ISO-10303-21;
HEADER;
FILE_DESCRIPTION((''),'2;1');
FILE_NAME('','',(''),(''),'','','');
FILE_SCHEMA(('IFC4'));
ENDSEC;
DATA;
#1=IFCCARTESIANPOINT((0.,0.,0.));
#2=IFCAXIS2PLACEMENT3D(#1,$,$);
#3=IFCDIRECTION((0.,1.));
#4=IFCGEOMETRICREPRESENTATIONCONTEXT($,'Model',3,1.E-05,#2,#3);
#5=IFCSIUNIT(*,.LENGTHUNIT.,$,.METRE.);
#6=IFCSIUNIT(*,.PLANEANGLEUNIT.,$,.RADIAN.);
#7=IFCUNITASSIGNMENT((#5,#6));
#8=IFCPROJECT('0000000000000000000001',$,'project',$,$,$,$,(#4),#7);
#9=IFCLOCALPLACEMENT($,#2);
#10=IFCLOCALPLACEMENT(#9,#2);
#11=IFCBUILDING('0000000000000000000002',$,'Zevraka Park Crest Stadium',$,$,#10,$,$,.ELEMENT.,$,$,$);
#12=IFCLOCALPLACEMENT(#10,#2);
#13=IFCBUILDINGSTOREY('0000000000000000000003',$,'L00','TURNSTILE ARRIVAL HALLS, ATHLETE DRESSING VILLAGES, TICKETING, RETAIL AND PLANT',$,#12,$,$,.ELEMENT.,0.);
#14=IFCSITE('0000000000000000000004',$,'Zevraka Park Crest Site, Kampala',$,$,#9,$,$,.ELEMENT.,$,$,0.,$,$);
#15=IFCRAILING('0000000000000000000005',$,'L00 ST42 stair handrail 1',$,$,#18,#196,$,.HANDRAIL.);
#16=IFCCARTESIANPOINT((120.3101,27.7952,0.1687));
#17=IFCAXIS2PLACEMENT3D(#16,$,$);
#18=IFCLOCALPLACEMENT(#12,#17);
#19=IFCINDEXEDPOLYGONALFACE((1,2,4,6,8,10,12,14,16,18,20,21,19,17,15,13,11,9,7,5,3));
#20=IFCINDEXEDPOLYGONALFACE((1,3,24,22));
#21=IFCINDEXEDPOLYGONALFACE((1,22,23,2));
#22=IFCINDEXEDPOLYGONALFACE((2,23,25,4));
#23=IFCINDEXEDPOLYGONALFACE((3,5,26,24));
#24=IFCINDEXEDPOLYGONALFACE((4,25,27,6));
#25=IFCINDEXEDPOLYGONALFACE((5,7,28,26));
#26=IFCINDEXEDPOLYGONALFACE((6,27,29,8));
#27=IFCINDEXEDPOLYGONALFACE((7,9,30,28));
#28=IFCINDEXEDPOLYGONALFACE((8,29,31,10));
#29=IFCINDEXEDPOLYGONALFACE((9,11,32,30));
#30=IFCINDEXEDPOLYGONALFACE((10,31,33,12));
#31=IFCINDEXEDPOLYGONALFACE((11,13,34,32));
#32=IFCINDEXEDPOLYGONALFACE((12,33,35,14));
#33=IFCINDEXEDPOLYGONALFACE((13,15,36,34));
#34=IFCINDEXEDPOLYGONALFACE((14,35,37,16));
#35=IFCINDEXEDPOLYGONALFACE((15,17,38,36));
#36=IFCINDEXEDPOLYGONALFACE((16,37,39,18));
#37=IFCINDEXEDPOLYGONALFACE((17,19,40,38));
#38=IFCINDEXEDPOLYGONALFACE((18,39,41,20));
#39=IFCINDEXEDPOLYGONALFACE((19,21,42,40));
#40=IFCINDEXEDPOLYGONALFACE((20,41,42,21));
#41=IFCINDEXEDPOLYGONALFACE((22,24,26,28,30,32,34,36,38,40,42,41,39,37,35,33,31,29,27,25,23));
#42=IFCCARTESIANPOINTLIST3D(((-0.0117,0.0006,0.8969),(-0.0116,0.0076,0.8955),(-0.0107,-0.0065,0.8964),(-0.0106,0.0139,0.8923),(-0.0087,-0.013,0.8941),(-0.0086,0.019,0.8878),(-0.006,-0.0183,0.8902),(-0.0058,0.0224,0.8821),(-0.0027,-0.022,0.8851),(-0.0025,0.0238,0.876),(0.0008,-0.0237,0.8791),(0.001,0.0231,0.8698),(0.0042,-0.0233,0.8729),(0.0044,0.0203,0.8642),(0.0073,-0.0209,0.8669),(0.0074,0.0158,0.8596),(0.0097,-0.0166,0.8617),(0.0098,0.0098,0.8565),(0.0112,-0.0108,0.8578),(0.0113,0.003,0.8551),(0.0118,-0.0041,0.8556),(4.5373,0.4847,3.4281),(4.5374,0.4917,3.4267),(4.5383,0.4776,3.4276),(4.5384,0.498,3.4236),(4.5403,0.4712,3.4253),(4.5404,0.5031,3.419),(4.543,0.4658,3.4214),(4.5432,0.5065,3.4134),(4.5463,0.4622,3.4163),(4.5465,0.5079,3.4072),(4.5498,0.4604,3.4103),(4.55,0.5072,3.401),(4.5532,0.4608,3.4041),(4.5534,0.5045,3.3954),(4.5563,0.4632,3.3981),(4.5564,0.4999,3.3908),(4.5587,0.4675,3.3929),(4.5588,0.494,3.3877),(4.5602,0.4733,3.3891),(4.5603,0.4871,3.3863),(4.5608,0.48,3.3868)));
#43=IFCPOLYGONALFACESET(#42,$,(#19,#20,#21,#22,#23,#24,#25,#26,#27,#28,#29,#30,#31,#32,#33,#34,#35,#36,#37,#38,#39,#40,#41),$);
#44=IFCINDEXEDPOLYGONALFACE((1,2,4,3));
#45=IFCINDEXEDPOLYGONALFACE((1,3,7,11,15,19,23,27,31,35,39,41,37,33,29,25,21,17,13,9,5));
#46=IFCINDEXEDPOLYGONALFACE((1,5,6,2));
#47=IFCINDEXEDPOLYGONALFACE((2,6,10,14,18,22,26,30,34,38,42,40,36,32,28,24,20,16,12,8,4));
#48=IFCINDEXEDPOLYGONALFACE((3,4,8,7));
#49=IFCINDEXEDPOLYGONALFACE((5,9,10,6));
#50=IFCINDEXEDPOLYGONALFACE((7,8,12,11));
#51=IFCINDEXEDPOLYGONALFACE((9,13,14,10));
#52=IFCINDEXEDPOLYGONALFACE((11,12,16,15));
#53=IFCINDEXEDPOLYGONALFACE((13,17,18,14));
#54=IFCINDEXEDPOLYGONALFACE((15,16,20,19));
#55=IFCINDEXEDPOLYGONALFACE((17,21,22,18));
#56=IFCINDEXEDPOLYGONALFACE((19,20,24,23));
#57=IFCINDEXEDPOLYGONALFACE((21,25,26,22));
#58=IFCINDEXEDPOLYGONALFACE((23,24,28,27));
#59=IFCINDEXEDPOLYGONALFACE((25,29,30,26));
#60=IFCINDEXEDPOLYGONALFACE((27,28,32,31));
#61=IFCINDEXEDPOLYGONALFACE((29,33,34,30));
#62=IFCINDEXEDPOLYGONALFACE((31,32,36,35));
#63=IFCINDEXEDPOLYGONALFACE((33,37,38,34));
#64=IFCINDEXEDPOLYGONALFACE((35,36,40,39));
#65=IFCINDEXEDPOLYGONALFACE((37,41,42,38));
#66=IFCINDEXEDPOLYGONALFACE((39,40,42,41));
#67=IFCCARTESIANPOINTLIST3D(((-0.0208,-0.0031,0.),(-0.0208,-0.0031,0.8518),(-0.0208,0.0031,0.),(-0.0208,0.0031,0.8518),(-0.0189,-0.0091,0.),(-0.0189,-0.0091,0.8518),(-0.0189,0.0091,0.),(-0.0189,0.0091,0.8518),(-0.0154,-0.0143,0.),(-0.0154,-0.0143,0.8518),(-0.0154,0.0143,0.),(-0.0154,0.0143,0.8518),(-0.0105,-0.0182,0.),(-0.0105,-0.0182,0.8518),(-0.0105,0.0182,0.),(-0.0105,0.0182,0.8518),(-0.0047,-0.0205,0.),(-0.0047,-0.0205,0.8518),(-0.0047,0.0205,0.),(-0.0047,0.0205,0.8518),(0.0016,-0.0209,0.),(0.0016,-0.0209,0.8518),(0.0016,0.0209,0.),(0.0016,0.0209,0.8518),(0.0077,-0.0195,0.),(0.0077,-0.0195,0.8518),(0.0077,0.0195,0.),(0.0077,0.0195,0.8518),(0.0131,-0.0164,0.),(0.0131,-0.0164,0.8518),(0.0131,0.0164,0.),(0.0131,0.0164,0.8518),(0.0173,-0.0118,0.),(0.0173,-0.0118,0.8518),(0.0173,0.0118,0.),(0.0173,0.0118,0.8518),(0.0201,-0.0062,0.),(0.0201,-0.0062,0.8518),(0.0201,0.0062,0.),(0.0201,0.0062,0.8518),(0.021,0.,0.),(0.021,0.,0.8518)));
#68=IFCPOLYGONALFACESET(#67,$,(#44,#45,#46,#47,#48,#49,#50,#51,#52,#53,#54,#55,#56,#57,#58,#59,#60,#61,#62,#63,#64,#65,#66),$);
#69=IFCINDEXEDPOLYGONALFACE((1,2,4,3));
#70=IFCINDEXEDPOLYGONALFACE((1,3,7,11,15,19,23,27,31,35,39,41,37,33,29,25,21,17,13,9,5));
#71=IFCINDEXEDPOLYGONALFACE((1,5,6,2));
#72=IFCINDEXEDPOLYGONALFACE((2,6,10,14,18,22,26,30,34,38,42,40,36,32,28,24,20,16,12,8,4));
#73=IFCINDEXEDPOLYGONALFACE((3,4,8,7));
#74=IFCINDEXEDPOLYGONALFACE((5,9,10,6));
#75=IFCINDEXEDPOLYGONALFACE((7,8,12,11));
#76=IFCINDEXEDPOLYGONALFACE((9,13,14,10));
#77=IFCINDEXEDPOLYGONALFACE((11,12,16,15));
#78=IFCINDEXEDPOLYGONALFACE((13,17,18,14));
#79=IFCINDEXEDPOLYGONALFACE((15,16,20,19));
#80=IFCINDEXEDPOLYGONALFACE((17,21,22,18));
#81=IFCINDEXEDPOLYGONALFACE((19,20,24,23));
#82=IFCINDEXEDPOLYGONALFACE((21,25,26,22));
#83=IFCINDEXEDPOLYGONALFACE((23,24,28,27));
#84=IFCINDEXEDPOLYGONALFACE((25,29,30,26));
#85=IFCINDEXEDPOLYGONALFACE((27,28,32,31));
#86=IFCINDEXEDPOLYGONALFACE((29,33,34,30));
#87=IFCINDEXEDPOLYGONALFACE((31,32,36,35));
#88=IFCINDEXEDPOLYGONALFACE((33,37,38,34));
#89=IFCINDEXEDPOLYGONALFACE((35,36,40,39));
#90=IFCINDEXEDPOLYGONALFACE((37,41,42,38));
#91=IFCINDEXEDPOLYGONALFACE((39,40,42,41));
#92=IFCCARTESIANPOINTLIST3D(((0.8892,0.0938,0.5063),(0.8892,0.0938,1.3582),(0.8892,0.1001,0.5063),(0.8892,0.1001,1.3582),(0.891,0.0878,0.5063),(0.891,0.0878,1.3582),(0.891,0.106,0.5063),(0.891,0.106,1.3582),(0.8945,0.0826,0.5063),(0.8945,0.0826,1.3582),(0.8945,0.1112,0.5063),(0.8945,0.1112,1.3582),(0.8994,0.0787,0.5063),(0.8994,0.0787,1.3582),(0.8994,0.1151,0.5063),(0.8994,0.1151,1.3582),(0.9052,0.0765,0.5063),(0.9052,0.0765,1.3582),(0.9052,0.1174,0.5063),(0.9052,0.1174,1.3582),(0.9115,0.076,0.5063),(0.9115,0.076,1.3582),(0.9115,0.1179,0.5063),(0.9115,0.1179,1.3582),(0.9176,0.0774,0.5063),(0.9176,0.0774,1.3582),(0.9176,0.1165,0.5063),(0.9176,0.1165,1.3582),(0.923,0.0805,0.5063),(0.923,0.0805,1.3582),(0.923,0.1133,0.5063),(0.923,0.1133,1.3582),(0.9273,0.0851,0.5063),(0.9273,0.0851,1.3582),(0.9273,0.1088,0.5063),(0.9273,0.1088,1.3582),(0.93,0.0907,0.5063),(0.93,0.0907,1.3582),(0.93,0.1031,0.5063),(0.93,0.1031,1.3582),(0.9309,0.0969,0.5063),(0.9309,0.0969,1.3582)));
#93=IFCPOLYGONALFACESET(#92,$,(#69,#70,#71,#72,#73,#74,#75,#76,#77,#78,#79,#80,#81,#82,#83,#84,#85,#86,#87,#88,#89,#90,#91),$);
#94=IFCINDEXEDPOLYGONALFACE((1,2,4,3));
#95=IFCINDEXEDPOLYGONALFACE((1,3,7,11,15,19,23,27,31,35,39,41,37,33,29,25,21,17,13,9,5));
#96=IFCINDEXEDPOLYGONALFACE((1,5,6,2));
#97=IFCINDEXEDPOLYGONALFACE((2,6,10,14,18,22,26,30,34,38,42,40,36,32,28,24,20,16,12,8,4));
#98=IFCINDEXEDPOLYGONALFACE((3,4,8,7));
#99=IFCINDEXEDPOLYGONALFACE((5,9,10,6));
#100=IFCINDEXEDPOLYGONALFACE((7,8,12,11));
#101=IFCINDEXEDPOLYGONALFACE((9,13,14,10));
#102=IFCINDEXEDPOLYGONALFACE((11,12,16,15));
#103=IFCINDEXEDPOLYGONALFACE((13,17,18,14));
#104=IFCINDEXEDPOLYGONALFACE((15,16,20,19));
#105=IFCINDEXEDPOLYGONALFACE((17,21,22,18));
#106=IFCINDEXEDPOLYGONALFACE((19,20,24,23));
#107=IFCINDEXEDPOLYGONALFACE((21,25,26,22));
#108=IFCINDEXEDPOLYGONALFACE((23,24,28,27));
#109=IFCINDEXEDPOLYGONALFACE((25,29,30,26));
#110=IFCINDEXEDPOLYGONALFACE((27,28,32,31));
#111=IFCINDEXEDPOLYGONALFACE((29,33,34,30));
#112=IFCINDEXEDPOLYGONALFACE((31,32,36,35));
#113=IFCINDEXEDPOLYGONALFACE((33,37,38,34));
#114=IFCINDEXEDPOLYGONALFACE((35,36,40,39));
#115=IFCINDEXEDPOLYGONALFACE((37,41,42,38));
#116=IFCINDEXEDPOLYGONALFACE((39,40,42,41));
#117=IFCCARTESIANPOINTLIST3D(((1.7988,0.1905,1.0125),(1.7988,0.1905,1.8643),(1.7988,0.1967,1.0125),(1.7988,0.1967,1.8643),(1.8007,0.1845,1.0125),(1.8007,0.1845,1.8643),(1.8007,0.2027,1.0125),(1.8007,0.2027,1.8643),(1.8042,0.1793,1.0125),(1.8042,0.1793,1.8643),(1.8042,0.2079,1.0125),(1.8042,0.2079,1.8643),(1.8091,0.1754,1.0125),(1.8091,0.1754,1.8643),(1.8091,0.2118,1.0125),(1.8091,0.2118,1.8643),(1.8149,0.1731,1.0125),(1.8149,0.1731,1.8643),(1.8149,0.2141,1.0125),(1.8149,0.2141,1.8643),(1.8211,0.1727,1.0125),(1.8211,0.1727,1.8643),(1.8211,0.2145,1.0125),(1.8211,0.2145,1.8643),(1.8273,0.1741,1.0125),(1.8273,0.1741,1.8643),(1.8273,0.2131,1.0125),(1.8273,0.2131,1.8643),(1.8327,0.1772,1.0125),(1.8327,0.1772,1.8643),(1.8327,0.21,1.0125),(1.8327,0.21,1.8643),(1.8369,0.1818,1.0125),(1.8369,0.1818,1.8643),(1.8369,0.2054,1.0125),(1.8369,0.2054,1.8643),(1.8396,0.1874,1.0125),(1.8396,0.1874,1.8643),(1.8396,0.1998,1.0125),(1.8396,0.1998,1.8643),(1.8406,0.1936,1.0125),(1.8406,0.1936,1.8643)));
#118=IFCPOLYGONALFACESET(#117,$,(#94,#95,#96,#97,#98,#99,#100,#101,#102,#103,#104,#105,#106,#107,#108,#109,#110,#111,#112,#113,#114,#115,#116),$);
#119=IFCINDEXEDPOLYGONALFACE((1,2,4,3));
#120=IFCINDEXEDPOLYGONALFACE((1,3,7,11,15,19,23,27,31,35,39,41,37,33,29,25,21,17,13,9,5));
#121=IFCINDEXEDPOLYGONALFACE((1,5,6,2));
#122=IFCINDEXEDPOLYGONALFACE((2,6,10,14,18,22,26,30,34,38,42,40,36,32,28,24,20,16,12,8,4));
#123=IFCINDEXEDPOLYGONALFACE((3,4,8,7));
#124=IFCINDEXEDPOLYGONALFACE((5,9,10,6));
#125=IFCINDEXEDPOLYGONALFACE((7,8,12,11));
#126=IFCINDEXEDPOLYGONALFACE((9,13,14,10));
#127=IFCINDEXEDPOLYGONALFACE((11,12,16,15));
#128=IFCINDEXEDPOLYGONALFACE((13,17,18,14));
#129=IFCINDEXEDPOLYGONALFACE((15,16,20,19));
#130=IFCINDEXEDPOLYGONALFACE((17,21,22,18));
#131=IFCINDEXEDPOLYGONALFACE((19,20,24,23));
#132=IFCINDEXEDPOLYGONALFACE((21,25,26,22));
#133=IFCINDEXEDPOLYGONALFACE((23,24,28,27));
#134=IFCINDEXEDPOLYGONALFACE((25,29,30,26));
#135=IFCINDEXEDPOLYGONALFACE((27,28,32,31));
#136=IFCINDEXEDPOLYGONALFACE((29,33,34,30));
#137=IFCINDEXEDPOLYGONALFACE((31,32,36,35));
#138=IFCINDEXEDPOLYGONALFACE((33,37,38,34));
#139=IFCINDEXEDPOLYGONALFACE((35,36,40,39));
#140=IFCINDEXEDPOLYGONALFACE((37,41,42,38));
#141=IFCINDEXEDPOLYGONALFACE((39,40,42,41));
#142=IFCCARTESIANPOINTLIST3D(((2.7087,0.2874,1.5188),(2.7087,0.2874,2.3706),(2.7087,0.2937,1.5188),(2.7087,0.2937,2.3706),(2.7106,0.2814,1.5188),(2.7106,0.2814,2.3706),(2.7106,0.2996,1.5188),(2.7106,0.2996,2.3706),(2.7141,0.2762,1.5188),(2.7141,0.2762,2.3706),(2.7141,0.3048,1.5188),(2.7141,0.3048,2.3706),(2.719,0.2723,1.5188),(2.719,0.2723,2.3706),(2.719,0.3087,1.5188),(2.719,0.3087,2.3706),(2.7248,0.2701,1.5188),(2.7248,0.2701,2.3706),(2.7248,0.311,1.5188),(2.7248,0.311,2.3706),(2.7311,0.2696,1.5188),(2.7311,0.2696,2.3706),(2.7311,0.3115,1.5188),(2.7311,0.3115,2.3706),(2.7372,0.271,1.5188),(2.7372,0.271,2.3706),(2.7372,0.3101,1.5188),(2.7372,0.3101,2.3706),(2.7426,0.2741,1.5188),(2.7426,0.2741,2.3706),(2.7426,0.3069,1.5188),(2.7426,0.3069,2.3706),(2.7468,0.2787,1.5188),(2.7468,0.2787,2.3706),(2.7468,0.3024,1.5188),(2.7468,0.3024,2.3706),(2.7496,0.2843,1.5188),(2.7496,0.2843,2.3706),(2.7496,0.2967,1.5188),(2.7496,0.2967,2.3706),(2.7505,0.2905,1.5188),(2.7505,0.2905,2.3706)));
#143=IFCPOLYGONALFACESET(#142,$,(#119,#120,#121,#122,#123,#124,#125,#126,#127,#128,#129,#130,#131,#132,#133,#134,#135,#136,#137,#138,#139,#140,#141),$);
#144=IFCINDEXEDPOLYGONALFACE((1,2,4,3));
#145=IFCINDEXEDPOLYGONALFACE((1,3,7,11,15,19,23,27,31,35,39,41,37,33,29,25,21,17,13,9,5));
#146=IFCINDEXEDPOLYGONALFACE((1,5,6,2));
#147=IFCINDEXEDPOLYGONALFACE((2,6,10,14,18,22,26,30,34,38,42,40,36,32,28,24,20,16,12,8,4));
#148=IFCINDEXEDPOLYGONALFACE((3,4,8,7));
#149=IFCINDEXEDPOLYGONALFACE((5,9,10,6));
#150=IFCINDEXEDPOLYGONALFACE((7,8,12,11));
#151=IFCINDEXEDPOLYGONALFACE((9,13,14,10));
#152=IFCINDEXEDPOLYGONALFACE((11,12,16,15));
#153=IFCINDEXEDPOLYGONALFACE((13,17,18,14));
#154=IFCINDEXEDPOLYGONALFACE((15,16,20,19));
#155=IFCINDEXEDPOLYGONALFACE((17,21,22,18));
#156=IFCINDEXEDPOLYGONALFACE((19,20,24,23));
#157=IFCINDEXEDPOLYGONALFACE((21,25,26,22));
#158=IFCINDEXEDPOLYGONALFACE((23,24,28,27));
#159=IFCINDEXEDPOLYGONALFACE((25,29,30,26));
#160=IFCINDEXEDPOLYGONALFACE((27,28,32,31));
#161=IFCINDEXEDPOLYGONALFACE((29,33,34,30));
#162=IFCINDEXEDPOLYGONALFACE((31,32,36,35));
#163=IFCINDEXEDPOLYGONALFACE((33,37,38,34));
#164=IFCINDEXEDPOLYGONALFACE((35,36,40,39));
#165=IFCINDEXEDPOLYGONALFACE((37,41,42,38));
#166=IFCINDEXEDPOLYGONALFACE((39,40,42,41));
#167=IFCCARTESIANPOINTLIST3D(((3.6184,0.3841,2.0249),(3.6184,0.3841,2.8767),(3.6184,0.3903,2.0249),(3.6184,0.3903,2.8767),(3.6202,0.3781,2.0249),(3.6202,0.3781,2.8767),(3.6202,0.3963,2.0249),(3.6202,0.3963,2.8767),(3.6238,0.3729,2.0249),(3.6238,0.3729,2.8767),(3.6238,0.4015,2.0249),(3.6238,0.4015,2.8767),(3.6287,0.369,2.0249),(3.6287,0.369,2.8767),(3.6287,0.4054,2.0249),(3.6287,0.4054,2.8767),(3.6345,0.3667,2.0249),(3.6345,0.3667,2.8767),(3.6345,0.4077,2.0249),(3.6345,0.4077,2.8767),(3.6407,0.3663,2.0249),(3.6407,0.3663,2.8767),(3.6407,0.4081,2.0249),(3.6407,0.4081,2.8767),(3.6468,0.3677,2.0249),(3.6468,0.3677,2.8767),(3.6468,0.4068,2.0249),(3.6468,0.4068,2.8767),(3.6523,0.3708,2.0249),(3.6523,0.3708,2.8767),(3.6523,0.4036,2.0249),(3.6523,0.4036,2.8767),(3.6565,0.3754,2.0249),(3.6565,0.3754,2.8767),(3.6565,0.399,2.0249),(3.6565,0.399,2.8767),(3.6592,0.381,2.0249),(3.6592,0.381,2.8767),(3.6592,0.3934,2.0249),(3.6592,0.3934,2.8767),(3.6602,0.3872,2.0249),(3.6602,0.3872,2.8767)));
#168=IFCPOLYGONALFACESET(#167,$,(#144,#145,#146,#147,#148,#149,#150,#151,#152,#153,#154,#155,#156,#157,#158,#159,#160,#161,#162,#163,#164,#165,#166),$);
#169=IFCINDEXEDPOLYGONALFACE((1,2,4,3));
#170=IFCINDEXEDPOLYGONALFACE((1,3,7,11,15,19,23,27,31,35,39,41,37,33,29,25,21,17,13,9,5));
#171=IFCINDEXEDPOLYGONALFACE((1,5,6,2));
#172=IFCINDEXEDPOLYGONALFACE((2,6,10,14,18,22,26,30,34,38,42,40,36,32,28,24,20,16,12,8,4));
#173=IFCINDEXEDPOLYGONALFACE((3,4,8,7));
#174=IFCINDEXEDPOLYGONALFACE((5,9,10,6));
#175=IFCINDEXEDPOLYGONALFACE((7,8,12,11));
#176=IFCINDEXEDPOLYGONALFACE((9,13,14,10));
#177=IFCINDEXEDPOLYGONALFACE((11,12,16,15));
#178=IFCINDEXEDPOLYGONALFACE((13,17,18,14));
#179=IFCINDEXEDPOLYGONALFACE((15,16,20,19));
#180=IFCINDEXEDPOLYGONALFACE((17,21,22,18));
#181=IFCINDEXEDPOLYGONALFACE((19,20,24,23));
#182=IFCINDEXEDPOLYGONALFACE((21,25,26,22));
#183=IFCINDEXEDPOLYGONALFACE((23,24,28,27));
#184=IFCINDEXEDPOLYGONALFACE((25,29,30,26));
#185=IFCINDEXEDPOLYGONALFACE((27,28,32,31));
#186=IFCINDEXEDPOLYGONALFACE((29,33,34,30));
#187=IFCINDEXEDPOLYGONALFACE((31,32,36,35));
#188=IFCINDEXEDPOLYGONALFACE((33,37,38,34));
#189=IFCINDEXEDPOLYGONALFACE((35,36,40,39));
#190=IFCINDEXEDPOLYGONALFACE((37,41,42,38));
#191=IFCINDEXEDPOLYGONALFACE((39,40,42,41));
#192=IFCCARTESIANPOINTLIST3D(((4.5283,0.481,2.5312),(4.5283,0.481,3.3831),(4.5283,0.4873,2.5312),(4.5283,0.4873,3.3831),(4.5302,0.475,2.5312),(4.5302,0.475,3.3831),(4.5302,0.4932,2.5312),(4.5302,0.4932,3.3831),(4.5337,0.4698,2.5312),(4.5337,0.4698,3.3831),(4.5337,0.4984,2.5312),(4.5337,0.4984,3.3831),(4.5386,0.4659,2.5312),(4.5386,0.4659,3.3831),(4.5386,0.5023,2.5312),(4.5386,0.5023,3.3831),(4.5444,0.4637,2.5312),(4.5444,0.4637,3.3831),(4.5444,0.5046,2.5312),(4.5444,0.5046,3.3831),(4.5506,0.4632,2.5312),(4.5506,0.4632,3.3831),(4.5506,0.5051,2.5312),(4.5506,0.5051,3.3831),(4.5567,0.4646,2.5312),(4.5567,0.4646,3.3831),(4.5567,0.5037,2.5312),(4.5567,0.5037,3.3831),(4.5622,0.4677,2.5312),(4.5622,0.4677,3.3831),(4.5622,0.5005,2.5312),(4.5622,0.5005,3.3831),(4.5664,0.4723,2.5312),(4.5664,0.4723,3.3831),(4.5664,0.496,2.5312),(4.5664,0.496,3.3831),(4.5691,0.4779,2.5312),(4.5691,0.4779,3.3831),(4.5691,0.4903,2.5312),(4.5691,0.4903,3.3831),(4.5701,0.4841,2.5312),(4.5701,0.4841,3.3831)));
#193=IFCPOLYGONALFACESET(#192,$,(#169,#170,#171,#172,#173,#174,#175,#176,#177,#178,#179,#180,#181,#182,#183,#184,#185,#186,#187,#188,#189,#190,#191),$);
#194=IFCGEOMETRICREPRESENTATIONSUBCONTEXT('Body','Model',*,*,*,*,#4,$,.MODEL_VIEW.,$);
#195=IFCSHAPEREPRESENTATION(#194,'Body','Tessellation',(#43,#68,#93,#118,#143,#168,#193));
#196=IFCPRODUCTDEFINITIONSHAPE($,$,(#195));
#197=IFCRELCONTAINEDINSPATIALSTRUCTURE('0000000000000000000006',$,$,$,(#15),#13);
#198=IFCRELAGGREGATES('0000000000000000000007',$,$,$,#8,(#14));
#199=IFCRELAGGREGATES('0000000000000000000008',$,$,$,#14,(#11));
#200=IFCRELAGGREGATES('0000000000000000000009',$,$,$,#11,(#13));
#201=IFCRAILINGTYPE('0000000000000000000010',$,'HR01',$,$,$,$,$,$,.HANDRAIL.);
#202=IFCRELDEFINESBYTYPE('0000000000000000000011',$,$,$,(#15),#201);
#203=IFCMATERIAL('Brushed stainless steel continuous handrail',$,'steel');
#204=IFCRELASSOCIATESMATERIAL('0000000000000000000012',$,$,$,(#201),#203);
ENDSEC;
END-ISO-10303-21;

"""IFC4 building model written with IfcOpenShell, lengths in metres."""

from ifc_helpers import new_model, si_unit, direction, frame, origin, origin_2d, place, context, subcontext, project, spatial, circle, extrude, material, type_object, element, save


model = new_model("IFC4")

# Units and contexts
model_context = context("Model", 3, precision=1e-05, world=origin(), true_north=direction((0.0, 1.0)))
body_context = subcontext(model_context, "Body", "Model", "MODEL_VIEW")
ifc_project = project(units=[si_unit("LENGTHUNIT", "METRE"), si_unit("PLANEANGLEUNIT", "RADIAN")], contexts=[model_context])

# Site, building, storey
site_placement = place(None, origin())
site = spatial("IfcSite", under=ifc_project, at=site_placement, Name="Zevraka Park Crest Site, Kampala", CompositionType="ELEMENT", RefElevation=0.0)
building_placement = place(site_placement, origin())
building = spatial("IfcBuilding", under=site, at=building_placement, Name="Zevraka Park Crest Stadium", CompositionType="ELEMENT")
storey_placement = place(building_placement, origin())
storey = spatial("IfcBuildingStorey", under=building, at=storey_placement, Name="L00", Description="TURNSTILE ARRIVAL HALLS, ATHLETE DRESSING VILLAGES, TICKETING, RETAIL AND PLANT", CompositionType="ELEMENT", Elevation=0.0)

# Railing
ifc_material_1 = material(Name="Brushed stainless steel continuous handrail", Category="steel")
railing_type_1 = type_object("IfcRailingType", Name="HR01", PredefinedType="HANDRAIL", material=ifc_material_1)
railing_1_placement = place(storey_placement, frame((120.3101, 27.7952, 0.1687)))
element("IfcRailing", 1, at=railing_1_placement, inside=storey, type_object=railing_type_1, Name="L00 ST42 stair handrail 1", PredefinedType="HANDRAIL", context=body_context, shape_type="SweptSolid", body=[
    extrude(circle(Radius=0.0239, at=origin_2d()), frame((0.0, 0.0, 0.876), z_axis=(0.870078, 0.092597, 0.484139), x_axis=(-0.105826, 0.994385, 0.0)), (0.0, 0.0, 1.0), 5.2283),
    extrude(circle(Radius=0.021, at=origin_2d()), origin(), (0.0, 0.0, 1.0), 0.8518),
    extrude(circle(Radius=0.021, at=origin_2d()), frame((0.9099, 0.0969, 0.5063)), (0.0, 0.0, 1.0), 0.8518),
    extrude(circle(Radius=0.021, at=origin_2d()), frame((1.8196, 0.1936, 1.0125)), (0.0, 0.0, 1.0), 0.8518),
    extrude(circle(Radius=0.021, at=origin_2d()), frame((2.7295, 0.2905, 1.5188)), (0.0, 0.0, 1.0), 0.8518),
    extrude(circle(Radius=0.021, at=origin_2d()), frame((3.6392, 0.3872, 2.0249)), (0.0, 0.0, 1.0), 0.8518),
    extrude(circle(Radius=0.021, at=origin_2d()), frame((4.5491, 0.4841, 2.5312)), (0.0, 0.0, 1.0), 0.8518),
])

save(model, "model.ifc")
